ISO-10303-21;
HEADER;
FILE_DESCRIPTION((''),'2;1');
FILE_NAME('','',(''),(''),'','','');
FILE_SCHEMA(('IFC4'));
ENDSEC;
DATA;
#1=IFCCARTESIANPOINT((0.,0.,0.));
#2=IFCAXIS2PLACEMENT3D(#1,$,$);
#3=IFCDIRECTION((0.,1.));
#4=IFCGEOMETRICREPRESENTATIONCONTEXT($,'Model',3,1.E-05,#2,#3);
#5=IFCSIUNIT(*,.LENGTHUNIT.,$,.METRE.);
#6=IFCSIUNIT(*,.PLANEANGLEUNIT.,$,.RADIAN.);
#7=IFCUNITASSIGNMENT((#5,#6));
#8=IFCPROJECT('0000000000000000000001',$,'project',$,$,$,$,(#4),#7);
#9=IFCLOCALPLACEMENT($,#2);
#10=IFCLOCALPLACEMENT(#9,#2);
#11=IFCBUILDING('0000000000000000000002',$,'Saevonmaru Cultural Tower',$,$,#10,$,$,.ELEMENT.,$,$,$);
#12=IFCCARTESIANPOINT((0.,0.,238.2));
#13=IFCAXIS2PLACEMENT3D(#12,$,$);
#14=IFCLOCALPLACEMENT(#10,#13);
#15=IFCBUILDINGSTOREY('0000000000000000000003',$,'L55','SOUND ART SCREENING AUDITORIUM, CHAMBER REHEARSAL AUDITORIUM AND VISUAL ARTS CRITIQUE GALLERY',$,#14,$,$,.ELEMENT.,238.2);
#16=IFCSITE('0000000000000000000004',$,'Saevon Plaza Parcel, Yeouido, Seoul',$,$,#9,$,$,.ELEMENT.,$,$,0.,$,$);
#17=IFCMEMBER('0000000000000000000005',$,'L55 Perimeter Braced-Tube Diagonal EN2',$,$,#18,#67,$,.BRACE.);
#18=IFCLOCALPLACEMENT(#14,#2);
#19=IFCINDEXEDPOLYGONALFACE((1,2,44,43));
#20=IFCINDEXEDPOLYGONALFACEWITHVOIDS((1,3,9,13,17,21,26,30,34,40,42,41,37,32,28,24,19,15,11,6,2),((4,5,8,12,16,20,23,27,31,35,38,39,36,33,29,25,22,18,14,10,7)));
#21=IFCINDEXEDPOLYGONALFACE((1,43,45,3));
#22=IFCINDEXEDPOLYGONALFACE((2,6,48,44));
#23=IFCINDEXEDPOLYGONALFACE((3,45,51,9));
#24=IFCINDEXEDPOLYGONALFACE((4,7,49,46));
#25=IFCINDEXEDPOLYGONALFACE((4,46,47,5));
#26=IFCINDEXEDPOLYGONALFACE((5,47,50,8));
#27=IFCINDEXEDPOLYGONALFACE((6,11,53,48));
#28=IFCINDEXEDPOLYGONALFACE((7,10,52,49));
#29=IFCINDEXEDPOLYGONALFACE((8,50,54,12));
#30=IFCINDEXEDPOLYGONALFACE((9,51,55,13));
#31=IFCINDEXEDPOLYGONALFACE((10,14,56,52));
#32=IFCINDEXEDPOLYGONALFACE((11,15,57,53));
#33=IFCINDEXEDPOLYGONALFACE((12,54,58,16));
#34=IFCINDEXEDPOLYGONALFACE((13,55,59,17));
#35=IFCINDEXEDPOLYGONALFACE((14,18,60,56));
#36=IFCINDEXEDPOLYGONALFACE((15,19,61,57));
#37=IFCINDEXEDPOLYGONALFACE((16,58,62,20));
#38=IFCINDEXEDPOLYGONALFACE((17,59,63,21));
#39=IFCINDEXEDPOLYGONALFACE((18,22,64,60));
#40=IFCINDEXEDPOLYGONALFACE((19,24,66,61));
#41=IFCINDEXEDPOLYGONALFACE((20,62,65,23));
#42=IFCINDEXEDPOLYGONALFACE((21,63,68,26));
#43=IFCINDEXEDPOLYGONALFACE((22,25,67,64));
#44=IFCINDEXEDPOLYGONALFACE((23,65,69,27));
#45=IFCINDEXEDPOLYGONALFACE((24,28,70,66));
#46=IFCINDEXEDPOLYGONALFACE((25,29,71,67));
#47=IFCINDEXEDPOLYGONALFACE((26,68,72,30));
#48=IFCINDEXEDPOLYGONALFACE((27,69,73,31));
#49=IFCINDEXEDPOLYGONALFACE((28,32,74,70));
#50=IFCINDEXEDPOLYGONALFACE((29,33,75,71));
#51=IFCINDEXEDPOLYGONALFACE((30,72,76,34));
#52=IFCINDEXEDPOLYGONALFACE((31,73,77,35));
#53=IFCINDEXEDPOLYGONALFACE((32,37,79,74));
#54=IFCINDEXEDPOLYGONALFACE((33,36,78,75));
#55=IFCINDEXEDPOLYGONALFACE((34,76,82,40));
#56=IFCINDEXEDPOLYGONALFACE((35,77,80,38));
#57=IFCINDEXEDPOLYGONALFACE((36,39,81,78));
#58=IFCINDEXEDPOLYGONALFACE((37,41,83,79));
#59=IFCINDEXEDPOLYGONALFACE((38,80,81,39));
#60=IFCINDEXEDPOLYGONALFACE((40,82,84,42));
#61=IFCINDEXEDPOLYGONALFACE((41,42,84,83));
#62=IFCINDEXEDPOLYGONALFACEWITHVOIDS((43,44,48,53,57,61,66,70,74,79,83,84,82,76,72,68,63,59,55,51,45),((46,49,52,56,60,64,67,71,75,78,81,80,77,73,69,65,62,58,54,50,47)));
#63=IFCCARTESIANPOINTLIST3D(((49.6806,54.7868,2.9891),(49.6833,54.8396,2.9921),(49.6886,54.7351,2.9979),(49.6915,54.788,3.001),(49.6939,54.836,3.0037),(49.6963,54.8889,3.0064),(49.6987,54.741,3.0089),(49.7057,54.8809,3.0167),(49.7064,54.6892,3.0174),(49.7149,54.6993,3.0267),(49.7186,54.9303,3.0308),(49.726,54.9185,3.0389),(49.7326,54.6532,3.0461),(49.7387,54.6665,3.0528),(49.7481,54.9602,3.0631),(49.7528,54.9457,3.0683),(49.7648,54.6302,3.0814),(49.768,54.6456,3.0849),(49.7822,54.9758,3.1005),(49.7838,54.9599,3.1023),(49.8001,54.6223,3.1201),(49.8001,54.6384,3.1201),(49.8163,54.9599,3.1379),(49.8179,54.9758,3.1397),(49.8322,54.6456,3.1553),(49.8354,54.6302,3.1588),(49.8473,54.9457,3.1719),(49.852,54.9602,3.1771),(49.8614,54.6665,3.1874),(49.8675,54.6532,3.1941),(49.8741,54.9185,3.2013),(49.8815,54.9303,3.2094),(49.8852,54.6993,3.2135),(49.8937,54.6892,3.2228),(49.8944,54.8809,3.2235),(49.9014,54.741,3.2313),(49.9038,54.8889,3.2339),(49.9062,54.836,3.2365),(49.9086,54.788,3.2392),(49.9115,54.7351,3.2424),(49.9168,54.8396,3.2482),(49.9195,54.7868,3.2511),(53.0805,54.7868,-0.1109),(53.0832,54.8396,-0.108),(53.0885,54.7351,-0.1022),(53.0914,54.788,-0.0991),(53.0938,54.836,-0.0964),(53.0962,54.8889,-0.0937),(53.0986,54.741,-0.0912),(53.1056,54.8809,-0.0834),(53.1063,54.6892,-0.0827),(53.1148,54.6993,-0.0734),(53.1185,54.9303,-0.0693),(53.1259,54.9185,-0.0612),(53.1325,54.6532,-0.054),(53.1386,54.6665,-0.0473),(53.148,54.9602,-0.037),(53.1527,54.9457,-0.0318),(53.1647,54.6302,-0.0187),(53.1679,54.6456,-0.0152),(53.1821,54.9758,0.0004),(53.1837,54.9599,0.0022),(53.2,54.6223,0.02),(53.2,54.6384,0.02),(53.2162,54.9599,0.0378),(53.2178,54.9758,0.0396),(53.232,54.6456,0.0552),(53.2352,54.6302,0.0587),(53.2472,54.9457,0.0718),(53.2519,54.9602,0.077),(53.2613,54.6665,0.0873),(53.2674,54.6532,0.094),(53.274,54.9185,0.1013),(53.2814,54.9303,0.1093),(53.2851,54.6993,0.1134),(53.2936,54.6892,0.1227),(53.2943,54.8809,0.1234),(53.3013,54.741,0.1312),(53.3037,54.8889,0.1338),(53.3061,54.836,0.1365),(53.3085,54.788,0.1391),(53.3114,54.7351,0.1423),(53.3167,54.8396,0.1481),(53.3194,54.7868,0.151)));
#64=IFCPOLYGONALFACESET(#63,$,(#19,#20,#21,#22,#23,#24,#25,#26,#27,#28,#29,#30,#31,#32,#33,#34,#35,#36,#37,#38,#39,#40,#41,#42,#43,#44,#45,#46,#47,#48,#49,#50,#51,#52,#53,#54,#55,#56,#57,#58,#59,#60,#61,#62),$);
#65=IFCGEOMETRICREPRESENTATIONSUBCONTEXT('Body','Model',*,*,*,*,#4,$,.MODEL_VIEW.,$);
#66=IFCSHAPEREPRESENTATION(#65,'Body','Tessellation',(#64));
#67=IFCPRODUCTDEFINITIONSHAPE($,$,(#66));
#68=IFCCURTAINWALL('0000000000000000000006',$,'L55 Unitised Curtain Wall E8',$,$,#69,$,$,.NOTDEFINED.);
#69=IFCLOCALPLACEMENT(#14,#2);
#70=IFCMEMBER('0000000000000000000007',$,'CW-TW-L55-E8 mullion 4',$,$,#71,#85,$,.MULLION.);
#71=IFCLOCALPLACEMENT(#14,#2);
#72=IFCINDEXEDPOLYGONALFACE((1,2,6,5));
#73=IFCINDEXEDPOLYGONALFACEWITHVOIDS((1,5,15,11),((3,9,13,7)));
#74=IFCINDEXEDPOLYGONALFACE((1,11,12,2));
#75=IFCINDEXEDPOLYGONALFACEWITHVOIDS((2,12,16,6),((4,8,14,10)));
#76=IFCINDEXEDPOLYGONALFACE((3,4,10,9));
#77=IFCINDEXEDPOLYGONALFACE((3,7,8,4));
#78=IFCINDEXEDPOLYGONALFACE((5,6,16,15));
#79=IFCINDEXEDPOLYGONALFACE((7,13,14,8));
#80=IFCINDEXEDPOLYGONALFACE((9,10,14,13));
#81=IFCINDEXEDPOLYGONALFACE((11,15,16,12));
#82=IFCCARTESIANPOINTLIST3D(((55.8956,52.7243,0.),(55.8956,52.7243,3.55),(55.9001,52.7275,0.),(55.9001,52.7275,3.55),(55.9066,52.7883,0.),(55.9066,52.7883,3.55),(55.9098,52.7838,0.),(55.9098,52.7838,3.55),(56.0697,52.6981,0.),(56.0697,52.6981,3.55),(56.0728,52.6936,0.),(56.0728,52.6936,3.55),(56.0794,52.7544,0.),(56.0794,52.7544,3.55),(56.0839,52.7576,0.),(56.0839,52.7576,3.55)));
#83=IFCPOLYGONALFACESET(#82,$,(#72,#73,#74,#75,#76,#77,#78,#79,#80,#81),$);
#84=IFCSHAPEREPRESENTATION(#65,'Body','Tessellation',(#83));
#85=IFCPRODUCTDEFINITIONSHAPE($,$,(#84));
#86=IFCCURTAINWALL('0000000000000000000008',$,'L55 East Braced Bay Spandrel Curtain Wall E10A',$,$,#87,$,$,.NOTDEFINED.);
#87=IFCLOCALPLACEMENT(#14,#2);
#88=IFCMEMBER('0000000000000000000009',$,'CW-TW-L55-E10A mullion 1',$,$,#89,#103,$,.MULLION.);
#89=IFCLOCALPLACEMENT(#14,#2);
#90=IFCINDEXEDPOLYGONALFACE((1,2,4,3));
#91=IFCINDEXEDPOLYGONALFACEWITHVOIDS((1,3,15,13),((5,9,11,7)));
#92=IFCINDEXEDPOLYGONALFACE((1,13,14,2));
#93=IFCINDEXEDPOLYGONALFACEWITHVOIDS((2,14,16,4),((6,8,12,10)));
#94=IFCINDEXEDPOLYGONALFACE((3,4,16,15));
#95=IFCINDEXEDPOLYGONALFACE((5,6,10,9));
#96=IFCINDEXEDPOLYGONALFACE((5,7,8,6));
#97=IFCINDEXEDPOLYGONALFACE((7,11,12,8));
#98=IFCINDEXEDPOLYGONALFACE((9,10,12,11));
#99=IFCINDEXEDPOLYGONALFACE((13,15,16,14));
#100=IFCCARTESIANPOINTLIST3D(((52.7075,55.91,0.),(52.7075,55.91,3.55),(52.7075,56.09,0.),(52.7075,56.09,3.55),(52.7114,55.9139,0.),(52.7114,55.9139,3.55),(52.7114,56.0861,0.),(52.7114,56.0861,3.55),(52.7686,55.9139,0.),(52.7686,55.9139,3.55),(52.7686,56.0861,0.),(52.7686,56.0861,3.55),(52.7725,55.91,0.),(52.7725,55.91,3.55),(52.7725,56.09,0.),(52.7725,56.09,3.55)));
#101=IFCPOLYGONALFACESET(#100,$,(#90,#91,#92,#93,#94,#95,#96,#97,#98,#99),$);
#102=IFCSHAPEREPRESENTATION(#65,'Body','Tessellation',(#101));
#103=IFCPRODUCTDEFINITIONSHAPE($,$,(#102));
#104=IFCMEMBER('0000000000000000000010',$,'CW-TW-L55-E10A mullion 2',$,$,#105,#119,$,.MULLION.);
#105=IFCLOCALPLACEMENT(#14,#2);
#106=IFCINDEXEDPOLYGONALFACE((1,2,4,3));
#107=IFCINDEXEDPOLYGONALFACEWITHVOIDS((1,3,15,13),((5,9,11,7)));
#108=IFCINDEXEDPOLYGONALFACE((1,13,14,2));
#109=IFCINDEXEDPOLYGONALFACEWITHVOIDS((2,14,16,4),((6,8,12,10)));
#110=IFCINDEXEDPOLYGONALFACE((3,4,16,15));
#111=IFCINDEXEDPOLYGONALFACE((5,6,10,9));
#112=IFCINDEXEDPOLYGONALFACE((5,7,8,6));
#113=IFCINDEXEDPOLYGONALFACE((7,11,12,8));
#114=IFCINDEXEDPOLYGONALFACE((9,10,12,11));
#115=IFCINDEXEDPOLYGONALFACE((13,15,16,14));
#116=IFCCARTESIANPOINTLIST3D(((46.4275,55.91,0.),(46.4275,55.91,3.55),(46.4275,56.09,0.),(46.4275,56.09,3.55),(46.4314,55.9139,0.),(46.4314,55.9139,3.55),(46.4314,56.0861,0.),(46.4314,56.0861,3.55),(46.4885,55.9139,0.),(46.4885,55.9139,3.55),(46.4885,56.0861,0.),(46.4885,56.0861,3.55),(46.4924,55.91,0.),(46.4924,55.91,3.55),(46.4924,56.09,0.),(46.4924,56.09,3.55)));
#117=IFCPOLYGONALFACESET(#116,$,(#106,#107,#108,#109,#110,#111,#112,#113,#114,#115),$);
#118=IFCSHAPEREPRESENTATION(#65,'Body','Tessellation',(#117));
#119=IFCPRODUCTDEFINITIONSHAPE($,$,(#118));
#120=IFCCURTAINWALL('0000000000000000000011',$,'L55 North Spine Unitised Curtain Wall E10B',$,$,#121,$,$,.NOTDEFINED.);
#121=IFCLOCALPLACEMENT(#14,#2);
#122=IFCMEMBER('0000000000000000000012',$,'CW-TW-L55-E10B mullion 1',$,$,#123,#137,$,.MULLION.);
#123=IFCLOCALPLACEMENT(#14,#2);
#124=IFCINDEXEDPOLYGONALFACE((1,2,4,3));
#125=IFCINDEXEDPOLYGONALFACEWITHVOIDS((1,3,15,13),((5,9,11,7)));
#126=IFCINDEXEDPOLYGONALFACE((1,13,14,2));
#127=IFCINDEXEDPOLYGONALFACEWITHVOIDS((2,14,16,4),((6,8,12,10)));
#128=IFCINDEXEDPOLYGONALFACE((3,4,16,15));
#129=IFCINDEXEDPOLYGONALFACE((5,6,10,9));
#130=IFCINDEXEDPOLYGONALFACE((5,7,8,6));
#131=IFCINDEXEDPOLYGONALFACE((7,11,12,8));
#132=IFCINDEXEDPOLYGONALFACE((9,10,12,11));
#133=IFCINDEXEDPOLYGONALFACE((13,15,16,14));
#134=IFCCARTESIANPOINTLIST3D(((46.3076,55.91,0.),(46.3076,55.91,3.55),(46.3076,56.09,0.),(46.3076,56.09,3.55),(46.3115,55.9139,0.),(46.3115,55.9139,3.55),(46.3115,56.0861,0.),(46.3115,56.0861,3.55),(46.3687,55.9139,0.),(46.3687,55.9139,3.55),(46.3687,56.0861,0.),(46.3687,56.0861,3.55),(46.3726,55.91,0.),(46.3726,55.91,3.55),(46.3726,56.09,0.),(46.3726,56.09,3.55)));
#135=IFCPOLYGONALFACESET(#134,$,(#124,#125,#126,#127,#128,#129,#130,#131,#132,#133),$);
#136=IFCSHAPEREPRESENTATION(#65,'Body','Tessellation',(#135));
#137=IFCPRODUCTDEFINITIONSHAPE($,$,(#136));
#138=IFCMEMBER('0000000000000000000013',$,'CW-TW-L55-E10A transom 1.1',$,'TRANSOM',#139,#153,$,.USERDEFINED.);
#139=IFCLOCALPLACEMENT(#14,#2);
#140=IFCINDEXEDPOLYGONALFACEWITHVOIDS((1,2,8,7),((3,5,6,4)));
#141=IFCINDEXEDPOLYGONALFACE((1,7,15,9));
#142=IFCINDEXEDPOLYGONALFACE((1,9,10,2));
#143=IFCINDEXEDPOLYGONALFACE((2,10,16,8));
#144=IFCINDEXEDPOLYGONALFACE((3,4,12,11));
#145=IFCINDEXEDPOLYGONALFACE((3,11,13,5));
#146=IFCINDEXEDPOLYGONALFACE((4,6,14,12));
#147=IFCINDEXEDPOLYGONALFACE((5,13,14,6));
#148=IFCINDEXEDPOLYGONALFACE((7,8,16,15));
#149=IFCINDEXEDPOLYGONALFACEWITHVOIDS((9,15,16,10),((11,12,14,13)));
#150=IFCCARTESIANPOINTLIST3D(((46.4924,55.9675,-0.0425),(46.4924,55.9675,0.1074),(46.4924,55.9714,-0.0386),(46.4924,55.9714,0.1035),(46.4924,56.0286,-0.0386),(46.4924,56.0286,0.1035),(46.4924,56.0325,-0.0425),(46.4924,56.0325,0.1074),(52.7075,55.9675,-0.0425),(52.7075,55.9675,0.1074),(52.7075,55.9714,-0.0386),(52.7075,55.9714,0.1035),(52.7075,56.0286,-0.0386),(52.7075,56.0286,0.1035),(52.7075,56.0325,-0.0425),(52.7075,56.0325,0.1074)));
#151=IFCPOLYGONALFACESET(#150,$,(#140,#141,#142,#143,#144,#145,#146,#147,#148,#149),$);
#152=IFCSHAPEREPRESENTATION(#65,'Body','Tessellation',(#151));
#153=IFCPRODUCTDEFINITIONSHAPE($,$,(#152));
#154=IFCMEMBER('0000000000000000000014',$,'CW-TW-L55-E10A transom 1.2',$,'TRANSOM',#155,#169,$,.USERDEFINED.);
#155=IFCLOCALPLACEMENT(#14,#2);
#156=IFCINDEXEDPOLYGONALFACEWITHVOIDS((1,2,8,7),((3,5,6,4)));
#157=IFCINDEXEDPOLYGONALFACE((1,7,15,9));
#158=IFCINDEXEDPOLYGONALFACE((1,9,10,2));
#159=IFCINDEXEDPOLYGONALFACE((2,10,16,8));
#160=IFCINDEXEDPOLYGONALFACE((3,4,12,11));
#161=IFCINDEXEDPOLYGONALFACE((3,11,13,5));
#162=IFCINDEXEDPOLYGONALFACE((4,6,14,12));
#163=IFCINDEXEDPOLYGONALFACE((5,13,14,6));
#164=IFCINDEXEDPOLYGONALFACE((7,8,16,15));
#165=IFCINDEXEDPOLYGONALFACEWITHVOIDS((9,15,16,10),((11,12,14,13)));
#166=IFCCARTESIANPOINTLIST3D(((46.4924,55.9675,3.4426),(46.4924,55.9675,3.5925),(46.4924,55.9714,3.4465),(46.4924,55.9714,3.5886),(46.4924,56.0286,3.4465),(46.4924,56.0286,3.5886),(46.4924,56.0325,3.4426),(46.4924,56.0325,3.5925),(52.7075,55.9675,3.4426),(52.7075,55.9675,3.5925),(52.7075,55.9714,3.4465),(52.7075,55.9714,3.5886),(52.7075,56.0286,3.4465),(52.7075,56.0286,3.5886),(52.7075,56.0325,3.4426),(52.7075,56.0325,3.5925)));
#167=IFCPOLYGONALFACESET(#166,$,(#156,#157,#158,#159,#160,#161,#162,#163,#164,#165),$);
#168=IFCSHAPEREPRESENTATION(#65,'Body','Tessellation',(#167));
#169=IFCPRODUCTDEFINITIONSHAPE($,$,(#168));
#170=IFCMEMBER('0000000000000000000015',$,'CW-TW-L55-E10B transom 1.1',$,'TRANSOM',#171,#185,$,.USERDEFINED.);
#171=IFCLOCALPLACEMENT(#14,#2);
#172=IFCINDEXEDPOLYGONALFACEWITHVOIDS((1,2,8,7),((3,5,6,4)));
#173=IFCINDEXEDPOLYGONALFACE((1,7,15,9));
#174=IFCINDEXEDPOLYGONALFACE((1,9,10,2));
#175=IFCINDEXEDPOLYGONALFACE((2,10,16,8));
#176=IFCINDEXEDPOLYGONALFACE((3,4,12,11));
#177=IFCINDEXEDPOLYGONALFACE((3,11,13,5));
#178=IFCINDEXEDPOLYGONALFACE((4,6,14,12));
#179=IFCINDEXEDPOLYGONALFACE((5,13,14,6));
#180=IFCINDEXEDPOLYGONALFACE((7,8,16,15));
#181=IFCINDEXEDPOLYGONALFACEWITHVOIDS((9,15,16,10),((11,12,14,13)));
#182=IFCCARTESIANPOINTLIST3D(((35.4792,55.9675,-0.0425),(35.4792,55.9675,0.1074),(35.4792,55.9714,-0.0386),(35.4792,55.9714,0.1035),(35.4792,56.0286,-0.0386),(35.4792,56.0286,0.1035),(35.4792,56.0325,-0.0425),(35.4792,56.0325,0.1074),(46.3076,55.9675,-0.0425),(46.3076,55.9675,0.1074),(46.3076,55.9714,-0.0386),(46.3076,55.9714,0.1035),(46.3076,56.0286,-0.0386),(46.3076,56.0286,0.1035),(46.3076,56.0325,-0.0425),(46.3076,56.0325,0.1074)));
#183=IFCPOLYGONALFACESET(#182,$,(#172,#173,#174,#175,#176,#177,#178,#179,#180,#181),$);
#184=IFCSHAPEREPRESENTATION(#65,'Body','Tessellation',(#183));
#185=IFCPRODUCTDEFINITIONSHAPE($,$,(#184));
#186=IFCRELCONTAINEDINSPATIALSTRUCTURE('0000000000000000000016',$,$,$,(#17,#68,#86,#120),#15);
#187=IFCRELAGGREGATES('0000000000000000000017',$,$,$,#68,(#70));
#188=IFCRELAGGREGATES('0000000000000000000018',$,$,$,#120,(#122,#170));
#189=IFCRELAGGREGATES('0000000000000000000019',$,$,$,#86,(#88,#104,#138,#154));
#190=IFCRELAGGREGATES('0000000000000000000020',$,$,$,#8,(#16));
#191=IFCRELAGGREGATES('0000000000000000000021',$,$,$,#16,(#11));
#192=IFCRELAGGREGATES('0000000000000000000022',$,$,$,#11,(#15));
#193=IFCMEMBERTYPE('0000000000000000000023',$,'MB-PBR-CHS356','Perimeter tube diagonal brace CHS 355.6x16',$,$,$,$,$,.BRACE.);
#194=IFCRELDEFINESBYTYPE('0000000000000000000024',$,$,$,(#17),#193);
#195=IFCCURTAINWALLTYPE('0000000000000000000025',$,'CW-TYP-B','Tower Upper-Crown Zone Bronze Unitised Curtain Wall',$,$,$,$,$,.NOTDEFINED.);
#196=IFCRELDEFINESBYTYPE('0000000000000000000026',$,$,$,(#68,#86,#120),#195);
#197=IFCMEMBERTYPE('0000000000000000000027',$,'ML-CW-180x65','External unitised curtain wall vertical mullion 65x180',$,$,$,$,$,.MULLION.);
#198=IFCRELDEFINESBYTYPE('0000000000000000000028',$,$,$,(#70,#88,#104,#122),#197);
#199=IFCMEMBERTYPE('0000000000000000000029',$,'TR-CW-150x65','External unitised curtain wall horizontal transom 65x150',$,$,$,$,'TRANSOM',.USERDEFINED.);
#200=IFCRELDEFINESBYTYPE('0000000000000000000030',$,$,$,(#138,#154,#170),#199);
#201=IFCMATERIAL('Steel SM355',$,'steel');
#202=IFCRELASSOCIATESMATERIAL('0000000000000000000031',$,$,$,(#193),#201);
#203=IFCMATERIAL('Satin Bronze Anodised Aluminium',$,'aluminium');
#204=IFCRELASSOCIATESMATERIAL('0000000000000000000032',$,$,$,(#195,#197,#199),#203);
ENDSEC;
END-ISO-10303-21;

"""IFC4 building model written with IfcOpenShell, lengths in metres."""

from ifc_helpers import new_model, si_unit, direction, frame, origin, origin_2d, place, context, subcontext, project, spatial, hollow_rectangle, hollow_circle, extrude, material, material_profile, profile_set, type_object, element, aggregate, save


model = new_model("IFC4")

# Units and contexts
model_context = context("Model", 3, precision=1e-05, world=origin(), true_north=direction((0.0, 1.0)))
body_context = subcontext(model_context, "Body", "Model", "MODEL_VIEW")
ifc_project = project(units=[si_unit("LENGTHUNIT", "METRE"), si_unit("PLANEANGLEUNIT", "RADIAN")], contexts=[model_context])

# Site, building, storey
site_placement = place(None, origin())
site = spatial("IfcSite", under=ifc_project, at=site_placement, Name="Saevon Plaza Parcel, Yeouido, Seoul", CompositionType="ELEMENT", RefElevation=0.0)
building_placement = place(site_placement, origin())
building = spatial("IfcBuilding", under=site, at=building_placement, Name="Saevonmaru Cultural Tower", CompositionType="ELEMENT")
storey_placement = place(building_placement, frame((0.0, 0.0, 238.2)))
storey = spatial("IfcBuildingStorey", under=building, at=storey_placement, Name="L55", Description="SOUND ART SCREENING AUDITORIUM, CHAMBER REHEARSAL AUDITORIUM AND VISUAL ARTS CRITIQUE GALLERY", CompositionType="ELEMENT", Elevation=238.2)

# Shared definitions
ifc_material_1 = material(Name="Steel SM355", Category="steel")

# Member
ifc_material_profile_1 = material_profile(ifc_material_1, hollow_circle(Radius=0.1777, WallThickness=0.0161, at=origin_2d()), Name="CHS-355.6x16")
ifc_profile_set_1 = profile_set([ifc_material_profile_1], Name="Steel SM355")
member_type_1 = type_object("IfcMemberType", Name="MB-PBR-CHS356", Description="Perimeter tube diagonal brace CHS 355.6x16", PredefinedType="BRACE", material=ifc_profile_set_1)
member_1_placement = place(storey_placement, frame((53.2, 54.8, 0.02), z_axis=(-0.738936, 0.0, 0.673776), x_axis=(0.0, -1.0, 0.0)))
element("IfcMember", 1, at=member_1_placement, inside=storey, type_object=member_type_1, Name="L55 Perimeter Braced-Tube Diagonal EN2", PredefinedType="BRACE", context=body_context, shape_type="SweptSolid", body=[
    extrude(hollow_circle(Radius=0.1777, WallThickness=0.0161, at=origin_2d()), origin(), (0.0, 0.0, 1.0), 4.6011),
])

# Curtain wall, member
ifc_material_2 = material(Name="Satin Bronze Anodised Aluminium", Category="aluminium")
curtain_wall_type = type_object("IfcCurtainWallType", Name="CW-TYP-B", Description="Tower Upper-Crown Zone Bronze Unitised Curtain Wall", PredefinedType="NOTDEFINED", material=ifc_material_2)
curtain_wall_1_placement = place(storey_placement, origin())
curtain_wall_1 = element("IfcCurtainWall", 2, at=curtain_wall_1_placement, inside=storey, type_object=curtain_wall_type, Name="L55 Unitised Curtain Wall E8", PredefinedType="NOTDEFINED")
ifc_material_profile_2 = material_profile(ifc_material_2, hollow_rectangle(XDim=0.0649, YDim=0.1799, WallThickness=0.0039, at=origin_2d()), Name="ALU-MULL-180x65x4")
ifc_profile_set_2 = profile_set([ifc_material_profile_2], Name="Satin Bronze Anodised Aluminium")
member_type_2 = type_object("IfcMemberType", Name="ML-CW-180x65", Description="External unitised curtain wall vertical mullion 65x180", PredefinedType="MULLION", material=ifc_profile_set_2)
member_2_placement = place(storey_placement, frame((55.9897, 52.741, 0.0), z_axis=(0.0, 0.0, 1.0), x_axis=(0.17079, 0.985307, 0.0)))
member_2 = element("IfcMember", 3, at=member_2_placement, type_object=member_type_2, Name="CW-TW-L55-E8 mullion 4", PredefinedType="MULLION", context=body_context, shape_type="SweptSolid", body=[
    extrude(hollow_rectangle(XDim=0.0649, YDim=0.1799, WallThickness=0.0039, at=origin_2d()), origin(), (0.0, 0.0, 1.0), 3.55),
])
aggregate(curtain_wall_1, [member_2])

# Curtain wall, members
curtain_wall_2_placement = place(storey_placement, origin())
curtain_wall_2 = element("IfcCurtainWall", 4, at=curtain_wall_2_placement, inside=storey, type_object=curtain_wall_type, Name="L55 East Braced Bay Spandrel Curtain Wall E10A", PredefinedType="NOTDEFINED")
member_3_placement = place(storey_placement, frame((52.74, 56.0, 0.0), z_axis=(0.0, 0.0, 1.0), x_axis=(-1.0, 0.0, 0.0)))
member_3 = element("IfcMember", 5, at=member_3_placement, type_object=member_type_2, Name="CW-TW-L55-E10A mullion 1", PredefinedType="MULLION", context=body_context, shape_type="SweptSolid", body=[
    extrude(hollow_rectangle(XDim=0.0649, YDim=0.1799, WallThickness=0.0039, at=origin_2d()), origin(), (0.0, 0.0, 1.0), 3.55),
])
member_4_placement = place(storey_placement, frame((46.46, 56.0, 0.0), z_axis=(0.0, 0.0, 1.0), x_axis=(-1.0, 0.0, 0.0)))
member_4 = element("IfcMember", 6, at=member_4_placement, type_object=member_type_2, Name="CW-TW-L55-E10A mullion 2", PredefinedType="MULLION", context=body_context, shape_type="SweptSolid", body=[
    extrude(hollow_rectangle(XDim=0.0649, YDim=0.1799, WallThickness=0.0039, at=origin_2d()), origin(), (0.0, 0.0, 1.0), 3.55),
])

# Curtain wall, member
curtain_wall_3_placement = place(storey_placement, origin())
curtain_wall_3 = element("IfcCurtainWall", 7, at=curtain_wall_3_placement, inside=storey, type_object=curtain_wall_type, Name="L55 North Spine Unitised Curtain Wall E10B", PredefinedType="NOTDEFINED")
member_5_placement = place(storey_placement, frame((46.3401, 56.0, 0.0), z_axis=(0.0, 0.0, 1.0), x_axis=(-1.0, 0.0, 0.0)))
member_5 = element("IfcMember", 8, at=member_5_placement, type_object=member_type_2, Name="CW-TW-L55-E10B mullion 1", PredefinedType="MULLION", context=body_context, shape_type="SweptSolid", body=[
    extrude(hollow_rectangle(XDim=0.0649, YDim=0.1799, WallThickness=0.0039, at=origin_2d()), origin(), (0.0, 0.0, 1.0), 3.55),
])

# Members
ifc_material_profile_3 = material_profile(ifc_material_2, hollow_rectangle(XDim=0.0649, YDim=0.1499, WallThickness=0.0039, at=origin_2d()), Name="ALU-TRAN-150x65x4")
ifc_profile_set_3 = profile_set([ifc_material_profile_3], Name="Satin Bronze Anodised Aluminium")
member_type_3 = type_object("IfcMemberType", Name="TR-CW-150x65", Description="External unitised curtain wall horizontal transom 65x150", ElementType="TRANSOM", PredefinedType="USERDEFINED", material=ifc_profile_set_3)
member_6_placement = place(storey_placement, frame((52.7075, 56.0, 0.0325), z_axis=(-1.0, 0.0, 0.0), x_axis=(0.0, -1.0, 0.0)))
member_6 = element("IfcMember", 9, at=member_6_placement, type_object=member_type_3, Name="CW-TW-L55-E10A transom 1.1", ObjectType="TRANSOM", PredefinedType="USERDEFINED", context=body_context, shape_type="SweptSolid", body=[
    extrude(hollow_rectangle(XDim=0.0649, YDim=0.1499, WallThickness=0.0039, at=origin_2d()), origin(), (0.0, 0.0, 1.0), 6.2151),
])
member_7_placement = place(storey_placement, frame((52.7075, 56.0, 3.5176), z_axis=(-1.0, 0.0, 0.0), x_axis=(0.0, -1.0, 0.0)))
member_7 = element("IfcMember", 10, at=member_7_placement, type_object=member_type_3, Name="CW-TW-L55-E10A transom 1.2", ObjectType="TRANSOM", PredefinedType="USERDEFINED", context=body_context, shape_type="SweptSolid", body=[
    extrude(hollow_rectangle(XDim=0.0649, YDim=0.1499, WallThickness=0.0039, at=origin_2d()), origin(), (0.0, 0.0, 1.0), 6.2151),
])
member_8_placement = place(storey_placement, frame((46.3076, 56.0, 0.0325), z_axis=(-1.0, 0.0, 0.0), x_axis=(0.0, -1.0, 0.0)))
member_8 = element("IfcMember", 11, at=member_8_placement, type_object=member_type_3, Name="CW-TW-L55-E10B transom 1.1", ObjectType="TRANSOM", PredefinedType="USERDEFINED", context=body_context, shape_type="SweptSolid", body=[
    extrude(hollow_rectangle(XDim=0.0649, YDim=0.1499, WallThickness=0.0039, at=origin_2d()), origin(), (0.0, 0.0, 1.0), 10.8284),
])
aggregate(curtain_wall_3, [member_5, member_8])

aggregate(curtain_wall_2, [member_3, member_4, member_6, member_7])

save(model, "model.ifc")
